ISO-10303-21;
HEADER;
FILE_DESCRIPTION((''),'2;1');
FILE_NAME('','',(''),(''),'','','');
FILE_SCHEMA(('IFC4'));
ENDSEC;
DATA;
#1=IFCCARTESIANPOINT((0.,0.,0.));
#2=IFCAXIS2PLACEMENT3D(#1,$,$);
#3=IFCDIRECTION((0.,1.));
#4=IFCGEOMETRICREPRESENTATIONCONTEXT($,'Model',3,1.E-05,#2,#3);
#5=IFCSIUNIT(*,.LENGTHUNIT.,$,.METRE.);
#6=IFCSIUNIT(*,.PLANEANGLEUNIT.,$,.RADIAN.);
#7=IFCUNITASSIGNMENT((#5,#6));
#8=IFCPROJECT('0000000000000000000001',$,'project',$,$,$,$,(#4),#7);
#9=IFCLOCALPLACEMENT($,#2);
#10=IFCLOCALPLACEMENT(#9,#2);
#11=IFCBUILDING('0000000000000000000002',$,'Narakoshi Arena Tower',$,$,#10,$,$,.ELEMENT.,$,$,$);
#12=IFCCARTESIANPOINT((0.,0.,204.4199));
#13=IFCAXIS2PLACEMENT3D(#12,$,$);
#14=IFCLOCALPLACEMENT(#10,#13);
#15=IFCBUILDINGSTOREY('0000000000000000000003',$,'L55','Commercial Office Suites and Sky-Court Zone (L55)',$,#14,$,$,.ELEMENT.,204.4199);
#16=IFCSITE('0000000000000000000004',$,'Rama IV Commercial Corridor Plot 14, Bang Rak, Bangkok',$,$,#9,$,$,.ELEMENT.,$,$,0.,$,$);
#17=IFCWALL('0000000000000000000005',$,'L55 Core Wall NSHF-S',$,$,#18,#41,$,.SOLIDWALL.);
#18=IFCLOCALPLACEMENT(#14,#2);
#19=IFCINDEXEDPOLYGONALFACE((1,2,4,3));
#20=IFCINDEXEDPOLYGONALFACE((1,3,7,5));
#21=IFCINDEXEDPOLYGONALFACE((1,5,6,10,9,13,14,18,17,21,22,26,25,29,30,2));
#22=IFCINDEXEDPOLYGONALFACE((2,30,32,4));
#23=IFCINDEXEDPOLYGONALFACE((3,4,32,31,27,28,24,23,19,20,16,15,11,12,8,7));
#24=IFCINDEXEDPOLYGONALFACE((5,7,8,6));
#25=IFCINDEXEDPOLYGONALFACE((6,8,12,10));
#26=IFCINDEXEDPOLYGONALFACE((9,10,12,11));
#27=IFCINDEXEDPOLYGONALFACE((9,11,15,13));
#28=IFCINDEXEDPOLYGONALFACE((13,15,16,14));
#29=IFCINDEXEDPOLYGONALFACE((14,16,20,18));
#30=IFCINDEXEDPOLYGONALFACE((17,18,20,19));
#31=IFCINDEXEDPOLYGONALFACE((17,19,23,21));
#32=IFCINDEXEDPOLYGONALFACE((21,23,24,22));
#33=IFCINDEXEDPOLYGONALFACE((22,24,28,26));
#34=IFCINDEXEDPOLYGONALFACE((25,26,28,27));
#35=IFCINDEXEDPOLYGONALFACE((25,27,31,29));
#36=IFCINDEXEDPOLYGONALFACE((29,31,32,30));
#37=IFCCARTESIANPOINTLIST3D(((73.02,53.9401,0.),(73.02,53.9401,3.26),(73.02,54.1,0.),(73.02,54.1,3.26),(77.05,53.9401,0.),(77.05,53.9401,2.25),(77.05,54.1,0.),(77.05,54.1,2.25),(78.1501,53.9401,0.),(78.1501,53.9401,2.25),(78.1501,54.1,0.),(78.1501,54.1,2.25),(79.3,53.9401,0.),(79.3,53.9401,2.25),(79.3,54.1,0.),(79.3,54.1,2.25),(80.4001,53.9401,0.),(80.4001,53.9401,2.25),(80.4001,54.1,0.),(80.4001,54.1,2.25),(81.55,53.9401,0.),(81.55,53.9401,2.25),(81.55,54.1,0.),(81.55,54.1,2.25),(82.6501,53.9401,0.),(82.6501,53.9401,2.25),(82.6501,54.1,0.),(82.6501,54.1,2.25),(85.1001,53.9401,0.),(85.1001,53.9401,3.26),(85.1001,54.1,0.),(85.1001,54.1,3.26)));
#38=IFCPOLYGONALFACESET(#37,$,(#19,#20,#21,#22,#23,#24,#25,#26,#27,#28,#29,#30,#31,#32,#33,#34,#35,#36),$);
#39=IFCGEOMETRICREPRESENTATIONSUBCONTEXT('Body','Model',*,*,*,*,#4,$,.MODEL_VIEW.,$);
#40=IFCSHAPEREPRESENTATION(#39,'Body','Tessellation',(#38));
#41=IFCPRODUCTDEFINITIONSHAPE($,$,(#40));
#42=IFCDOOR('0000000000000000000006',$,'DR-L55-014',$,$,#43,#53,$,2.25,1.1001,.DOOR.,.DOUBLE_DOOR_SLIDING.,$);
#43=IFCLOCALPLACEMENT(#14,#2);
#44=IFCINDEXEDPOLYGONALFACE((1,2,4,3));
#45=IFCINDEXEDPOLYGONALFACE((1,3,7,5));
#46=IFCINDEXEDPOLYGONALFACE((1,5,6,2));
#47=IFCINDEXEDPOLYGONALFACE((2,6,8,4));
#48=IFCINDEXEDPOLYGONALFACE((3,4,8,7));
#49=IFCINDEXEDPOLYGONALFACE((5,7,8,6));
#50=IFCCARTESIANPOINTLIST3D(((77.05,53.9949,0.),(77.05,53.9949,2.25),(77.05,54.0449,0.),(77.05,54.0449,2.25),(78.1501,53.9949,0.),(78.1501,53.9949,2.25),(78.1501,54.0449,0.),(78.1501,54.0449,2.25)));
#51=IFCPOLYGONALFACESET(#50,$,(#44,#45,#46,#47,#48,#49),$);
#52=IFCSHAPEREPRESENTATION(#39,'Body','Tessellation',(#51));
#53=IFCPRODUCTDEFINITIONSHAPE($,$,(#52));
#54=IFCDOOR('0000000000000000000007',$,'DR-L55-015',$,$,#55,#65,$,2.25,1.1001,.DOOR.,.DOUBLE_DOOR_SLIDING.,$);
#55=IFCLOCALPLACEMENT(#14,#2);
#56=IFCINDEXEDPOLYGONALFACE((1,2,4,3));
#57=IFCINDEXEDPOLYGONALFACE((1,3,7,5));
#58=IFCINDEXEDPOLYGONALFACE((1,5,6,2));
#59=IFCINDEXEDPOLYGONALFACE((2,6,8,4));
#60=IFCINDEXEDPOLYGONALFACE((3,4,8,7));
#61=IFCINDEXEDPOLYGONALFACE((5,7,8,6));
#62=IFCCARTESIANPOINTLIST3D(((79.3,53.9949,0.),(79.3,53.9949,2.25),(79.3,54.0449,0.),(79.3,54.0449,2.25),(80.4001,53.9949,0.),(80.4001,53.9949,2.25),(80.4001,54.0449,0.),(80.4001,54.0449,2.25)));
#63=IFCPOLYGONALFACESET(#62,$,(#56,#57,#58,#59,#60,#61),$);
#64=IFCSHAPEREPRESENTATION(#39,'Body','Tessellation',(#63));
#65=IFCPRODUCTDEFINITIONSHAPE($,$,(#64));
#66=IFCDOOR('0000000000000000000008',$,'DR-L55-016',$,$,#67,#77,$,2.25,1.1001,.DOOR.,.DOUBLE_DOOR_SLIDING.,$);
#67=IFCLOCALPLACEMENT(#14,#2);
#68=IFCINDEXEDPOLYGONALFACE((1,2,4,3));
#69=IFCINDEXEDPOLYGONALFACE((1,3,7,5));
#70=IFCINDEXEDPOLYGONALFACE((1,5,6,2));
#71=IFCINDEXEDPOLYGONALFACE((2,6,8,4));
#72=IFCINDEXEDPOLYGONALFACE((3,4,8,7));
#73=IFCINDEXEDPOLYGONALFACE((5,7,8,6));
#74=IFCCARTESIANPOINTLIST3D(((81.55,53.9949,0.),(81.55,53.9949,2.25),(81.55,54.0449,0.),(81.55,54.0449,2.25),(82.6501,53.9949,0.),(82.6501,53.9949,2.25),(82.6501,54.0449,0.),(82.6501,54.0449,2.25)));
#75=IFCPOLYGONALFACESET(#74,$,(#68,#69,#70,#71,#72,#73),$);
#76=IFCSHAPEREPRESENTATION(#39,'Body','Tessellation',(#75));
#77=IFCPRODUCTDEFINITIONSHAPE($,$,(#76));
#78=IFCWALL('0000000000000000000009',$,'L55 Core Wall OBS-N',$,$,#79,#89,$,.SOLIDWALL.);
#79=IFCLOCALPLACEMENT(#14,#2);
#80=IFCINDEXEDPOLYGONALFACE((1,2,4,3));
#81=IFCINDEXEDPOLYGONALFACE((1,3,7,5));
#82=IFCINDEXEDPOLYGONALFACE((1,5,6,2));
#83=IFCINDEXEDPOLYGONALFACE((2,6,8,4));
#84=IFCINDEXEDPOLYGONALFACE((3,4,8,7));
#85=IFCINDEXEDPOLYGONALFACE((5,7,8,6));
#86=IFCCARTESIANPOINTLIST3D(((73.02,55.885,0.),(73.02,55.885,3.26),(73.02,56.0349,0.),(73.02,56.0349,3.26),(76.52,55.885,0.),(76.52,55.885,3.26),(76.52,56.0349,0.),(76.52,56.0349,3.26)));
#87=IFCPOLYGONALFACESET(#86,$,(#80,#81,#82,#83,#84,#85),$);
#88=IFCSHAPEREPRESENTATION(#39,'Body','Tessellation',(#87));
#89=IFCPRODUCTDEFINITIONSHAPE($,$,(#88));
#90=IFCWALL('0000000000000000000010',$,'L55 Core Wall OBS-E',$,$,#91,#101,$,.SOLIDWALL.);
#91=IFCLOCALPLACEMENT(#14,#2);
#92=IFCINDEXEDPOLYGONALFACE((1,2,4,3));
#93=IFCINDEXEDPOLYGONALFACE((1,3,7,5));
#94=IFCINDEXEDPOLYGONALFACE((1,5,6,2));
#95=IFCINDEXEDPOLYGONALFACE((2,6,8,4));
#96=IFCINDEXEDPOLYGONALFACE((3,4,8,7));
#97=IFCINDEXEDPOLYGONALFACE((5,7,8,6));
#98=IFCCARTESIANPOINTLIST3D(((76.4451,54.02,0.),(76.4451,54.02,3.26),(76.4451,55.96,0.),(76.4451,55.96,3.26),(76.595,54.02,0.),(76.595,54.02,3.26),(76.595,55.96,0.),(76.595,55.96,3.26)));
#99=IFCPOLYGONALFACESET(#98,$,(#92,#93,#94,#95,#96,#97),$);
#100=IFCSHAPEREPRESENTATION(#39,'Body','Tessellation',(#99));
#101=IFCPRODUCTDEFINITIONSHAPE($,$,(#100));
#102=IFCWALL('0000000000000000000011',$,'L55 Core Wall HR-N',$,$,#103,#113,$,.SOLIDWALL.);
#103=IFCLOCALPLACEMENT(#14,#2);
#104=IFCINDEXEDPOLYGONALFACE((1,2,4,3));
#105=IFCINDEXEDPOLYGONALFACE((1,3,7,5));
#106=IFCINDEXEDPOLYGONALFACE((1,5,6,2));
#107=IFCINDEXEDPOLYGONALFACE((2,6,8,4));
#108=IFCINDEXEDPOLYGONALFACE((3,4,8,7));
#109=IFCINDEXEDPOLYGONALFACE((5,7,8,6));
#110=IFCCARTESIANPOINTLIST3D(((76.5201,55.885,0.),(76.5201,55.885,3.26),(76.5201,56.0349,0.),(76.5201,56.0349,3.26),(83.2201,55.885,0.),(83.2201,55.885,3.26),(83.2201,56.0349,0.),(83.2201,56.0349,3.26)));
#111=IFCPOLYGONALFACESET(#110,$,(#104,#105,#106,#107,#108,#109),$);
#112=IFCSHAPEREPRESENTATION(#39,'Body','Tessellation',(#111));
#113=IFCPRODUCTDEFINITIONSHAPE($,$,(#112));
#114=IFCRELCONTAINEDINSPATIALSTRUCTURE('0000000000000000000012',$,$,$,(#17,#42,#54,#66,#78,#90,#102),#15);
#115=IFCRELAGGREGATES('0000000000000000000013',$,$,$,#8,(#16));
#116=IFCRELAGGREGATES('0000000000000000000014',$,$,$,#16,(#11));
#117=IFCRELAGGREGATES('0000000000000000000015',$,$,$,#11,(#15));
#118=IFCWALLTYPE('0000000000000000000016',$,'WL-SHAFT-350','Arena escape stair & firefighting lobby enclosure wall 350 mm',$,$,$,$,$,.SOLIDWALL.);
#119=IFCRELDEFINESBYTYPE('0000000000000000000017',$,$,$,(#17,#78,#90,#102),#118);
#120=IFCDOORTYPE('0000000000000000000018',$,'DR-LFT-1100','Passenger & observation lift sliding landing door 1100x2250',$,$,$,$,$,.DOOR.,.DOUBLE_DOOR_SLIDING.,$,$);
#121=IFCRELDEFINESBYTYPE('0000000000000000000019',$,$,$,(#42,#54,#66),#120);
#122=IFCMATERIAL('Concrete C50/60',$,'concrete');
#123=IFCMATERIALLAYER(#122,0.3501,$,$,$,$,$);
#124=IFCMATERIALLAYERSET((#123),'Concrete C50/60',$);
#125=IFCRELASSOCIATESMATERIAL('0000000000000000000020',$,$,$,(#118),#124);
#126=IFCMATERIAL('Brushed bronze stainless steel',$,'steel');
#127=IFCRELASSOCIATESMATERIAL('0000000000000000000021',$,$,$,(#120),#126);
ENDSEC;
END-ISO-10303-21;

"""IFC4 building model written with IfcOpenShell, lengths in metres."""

from ifc_helpers import new_model, si_unit, direction, frame, frame_2d, origin, place, context, subcontext, project, spatial, rectangle, extrude, material, layer, layer_set, type_object, element, fill, save


model = new_model("IFC4")

# Units and contexts
model_context = context("Model", 3, precision=1e-05, world=origin(), true_north=direction((0.0, 1.0)))
body_context = subcontext(model_context, "Body", "Model", "MODEL_VIEW")
ifc_project = project(units=[si_unit("LENGTHUNIT", "METRE"), si_unit("PLANEANGLEUNIT", "RADIAN")], contexts=[model_context])

# Site, building, storey
site_placement = place(None, origin())
site = spatial("IfcSite", under=ifc_project, at=site_placement, Name="Rama IV Commercial Corridor Plot 14, Bang Rak, Bangkok", CompositionType="ELEMENT", RefElevation=0.0)
building_placement = place(site_placement, origin())
building = spatial("IfcBuilding", under=site, at=building_placement, Name="Narakoshi Arena Tower", CompositionType="ELEMENT")
storey_placement = place(building_placement, frame((0.0, 0.0, 204.4199)))
storey = spatial("IfcBuildingStorey", under=building, at=storey_placement, Name="L55", Description="Commercial Office Suites and Sky-Court Zone (L55)", CompositionType="ELEMENT", Elevation=204.4199)

# Shared definitions
ifc_material_1 = material(Name="Concrete C50/60", Category="concrete")
ifc_layer_1 = layer(ifc_material_1, 0.3501)
ifc_layer_set_1 = layer_set([ifc_layer_1], Name="Concrete C50/60")
wall_type_1 = type_object("IfcWallType", Name="WL-SHAFT-350", Description="Arena escape stair & firefighting lobby enclosure wall 350 mm", PredefinedType="SOLIDWALL", material=ifc_layer_set_1)

# Wall, openings, doors
wall_1_placement = place(storey_placement, frame((73.02, 54.02, 0.0), z_axis=(0.0, 0.0, 1.0), x_axis=(1.0, 0.0, 0.0)))
wall_1 = element("IfcWall", 1, at=wall_1_placement, inside=storey, type_object=wall_type_1, Name="L55 Core Wall NSHF-S", PredefinedType="SOLIDWALL", context=body_context, shape_type="SweptSolid", body=[
    extrude(rectangle(XDim=12.0801, YDim=0.1599, at=frame_2d((6.04, 0.0))), origin(), (0.0, 0.0, 1.0), 3.26),
])
opening_1_placement = place(wall_1_placement, frame((4.03, 0.0, 0.0)))
opening_1 = element("IfcOpeningElement", 2, at=opening_1_placement, cuts=wall_1, PredefinedType="OPENING", context=body_context, shape_type="SweptSolid", body=[
    extrude(rectangle(XDim=1.1001, YDim=2.25, at=frame_2d((0.55, 1.125))), frame((0.0, 0.0898, 0.0), z_axis=(0.0, -1.0, 0.0), x_axis=(1.0, 0.0, 0.0)), (0.0, 0.0, 1.0), 0.1799),
])
opening_2_placement = place(wall_1_placement, frame((6.28, 0.0, 0.0)))
opening_2 = element("IfcOpeningElement", 3, at=opening_2_placement, cuts=wall_1, PredefinedType="OPENING", context=body_context, shape_type="SweptSolid", body=[
    extrude(rectangle(XDim=1.1001, YDim=2.25, at=frame_2d((0.55, 1.125))), frame((0.0, 0.0898, 0.0), z_axis=(0.0, -1.0, 0.0), x_axis=(1.0, 0.0, 0.0)), (0.0, 0.0, 1.0), 0.1799),
])
opening_3_placement = place(wall_1_placement, frame((8.53, 0.0, 0.0)))
opening_3 = element("IfcOpeningElement", 4, at=opening_3_placement, cuts=wall_1, PredefinedType="OPENING", context=body_context, shape_type="SweptSolid", body=[
    extrude(rectangle(XDim=1.1001, YDim=2.25, at=frame_2d((0.55, 1.125))), frame((0.0, 0.0898, 0.0), z_axis=(0.0, -1.0, 0.0), x_axis=(1.0, 0.0, 0.0)), (0.0, 0.0, 1.0), 0.1799),
])
ifc_material_2 = material(Name="Brushed bronze stainless steel", Category="steel")
door_type_1 = type_object("IfcDoorType", Name="DR-LFT-1100", Description="Passenger & observation lift sliding landing door 1100x2250", OperationType="DOUBLE_DOOR_SLIDING", PredefinedType="DOOR", material=ifc_material_2)
door_1_placement = place(opening_1_placement, origin())
door_1 = element("IfcDoor", 5, at=door_1_placement, inside=storey, type_object=door_type_1, Name="DR-L55-014", OperationType="DOUBLE_DOOR_SLIDING", OverallHeight=2.25, OverallWidth=1.1001, PredefinedType="DOOR", context=body_context, shape_type="SweptSolid", body=[
    extrude(rectangle(XDim=1.1001, YDim=2.25, at=frame_2d((0.55, 1.125))), frame((0.0, 0.0249, 0.0), z_axis=(0.0, -1.0, 0.0), x_axis=(1.0, 0.0, 0.0)), (0.0, 0.0, 1.0), 0.05),
])
fill(opening_1, door_1)
door_2_placement = place(opening_2_placement, origin())
door_2 = element("IfcDoor", 6, at=door_2_placement, inside=storey, type_object=door_type_1, Name="DR-L55-015", OperationType="DOUBLE_DOOR_SLIDING", OverallHeight=2.25, OverallWidth=1.1001, PredefinedType="DOOR", context=body_context, shape_type="SweptSolid", body=[
    extrude(rectangle(XDim=1.1001, YDim=2.25, at=frame_2d((0.55, 1.125))), frame((0.0, 0.0249, 0.0), z_axis=(0.0, -1.0, 0.0), x_axis=(1.0, 0.0, 0.0)), (0.0, 0.0, 1.0), 0.05),
])
fill(opening_2, door_2)
door_3_placement = place(opening_3_placement, origin())
door_3 = element("IfcDoor", 7, at=door_3_placement, inside=storey, type_object=door_type_1, Name="DR-L55-016", OperationType="DOUBLE_DOOR_SLIDING", OverallHeight=2.25, OverallWidth=1.1001, PredefinedType="DOOR", context=body_context, shape_type="SweptSolid", body=[
    extrude(rectangle(XDim=1.1001, YDim=2.25, at=frame_2d((0.55, 1.125))), frame((0.0, 0.0249, 0.0), z_axis=(0.0, -1.0, 0.0), x_axis=(1.0, 0.0, 0.0)), (0.0, 0.0, 1.0), 0.05),
])
fill(opening_3, door_3)

# Walls
wall_2_placement = place(storey_placement, frame((73.02, 55.96, 0.0), z_axis=(0.0, 0.0, 1.0), x_axis=(1.0, 0.0, 0.0)))
element("IfcWall", 8, at=wall_2_placement, inside=storey, type_object=wall_type_1, Name="L55 Core Wall OBS-N", PredefinedType="SOLIDWALL", context=body_context, shape_type="SweptSolid", body=[
    extrude(rectangle(XDim=3.5, YDim=0.1499, at=frame_2d((1.75, 0.0))), origin(), (0.0, 0.0, 1.0), 3.26),
])
wall_3_placement = place(storey_placement, frame((76.52, 54.02, 0.0), z_axis=(0.0, 0.0, 1.0), x_axis=(0.0, 1.0, 0.0)))
element("IfcWall", 9, at=wall_3_placement, inside=storey, type_object=wall_type_1, Name="L55 Core Wall OBS-E", PredefinedType="SOLIDWALL", context=body_context, shape_type="SweptSolid", body=[
    extrude(rectangle(XDim=1.9399, YDim=0.1499, at=frame_2d((0.97, 0.0))), origin(), (0.0, 0.0, 1.0), 3.26),
])
wall_4_placement = place(storey_placement, frame((76.52, 55.96, 0.0), z_axis=(0.0, 0.0, 1.0), x_axis=(1.0, 0.0, 0.0)))
element("IfcWall", 10, at=wall_4_placement, inside=storey, type_object=wall_type_1, Name="L55 Core Wall HR-N", PredefinedType="SOLIDWALL", context=body_context, shape_type="SweptSolid", body=[
    extrude(rectangle(XDim=6.7, YDim=0.1499, at=frame_2d((3.3501, 0.0))), origin(), (0.0, 0.0, 1.0), 3.26),
])

save(model, "model.ifc")
